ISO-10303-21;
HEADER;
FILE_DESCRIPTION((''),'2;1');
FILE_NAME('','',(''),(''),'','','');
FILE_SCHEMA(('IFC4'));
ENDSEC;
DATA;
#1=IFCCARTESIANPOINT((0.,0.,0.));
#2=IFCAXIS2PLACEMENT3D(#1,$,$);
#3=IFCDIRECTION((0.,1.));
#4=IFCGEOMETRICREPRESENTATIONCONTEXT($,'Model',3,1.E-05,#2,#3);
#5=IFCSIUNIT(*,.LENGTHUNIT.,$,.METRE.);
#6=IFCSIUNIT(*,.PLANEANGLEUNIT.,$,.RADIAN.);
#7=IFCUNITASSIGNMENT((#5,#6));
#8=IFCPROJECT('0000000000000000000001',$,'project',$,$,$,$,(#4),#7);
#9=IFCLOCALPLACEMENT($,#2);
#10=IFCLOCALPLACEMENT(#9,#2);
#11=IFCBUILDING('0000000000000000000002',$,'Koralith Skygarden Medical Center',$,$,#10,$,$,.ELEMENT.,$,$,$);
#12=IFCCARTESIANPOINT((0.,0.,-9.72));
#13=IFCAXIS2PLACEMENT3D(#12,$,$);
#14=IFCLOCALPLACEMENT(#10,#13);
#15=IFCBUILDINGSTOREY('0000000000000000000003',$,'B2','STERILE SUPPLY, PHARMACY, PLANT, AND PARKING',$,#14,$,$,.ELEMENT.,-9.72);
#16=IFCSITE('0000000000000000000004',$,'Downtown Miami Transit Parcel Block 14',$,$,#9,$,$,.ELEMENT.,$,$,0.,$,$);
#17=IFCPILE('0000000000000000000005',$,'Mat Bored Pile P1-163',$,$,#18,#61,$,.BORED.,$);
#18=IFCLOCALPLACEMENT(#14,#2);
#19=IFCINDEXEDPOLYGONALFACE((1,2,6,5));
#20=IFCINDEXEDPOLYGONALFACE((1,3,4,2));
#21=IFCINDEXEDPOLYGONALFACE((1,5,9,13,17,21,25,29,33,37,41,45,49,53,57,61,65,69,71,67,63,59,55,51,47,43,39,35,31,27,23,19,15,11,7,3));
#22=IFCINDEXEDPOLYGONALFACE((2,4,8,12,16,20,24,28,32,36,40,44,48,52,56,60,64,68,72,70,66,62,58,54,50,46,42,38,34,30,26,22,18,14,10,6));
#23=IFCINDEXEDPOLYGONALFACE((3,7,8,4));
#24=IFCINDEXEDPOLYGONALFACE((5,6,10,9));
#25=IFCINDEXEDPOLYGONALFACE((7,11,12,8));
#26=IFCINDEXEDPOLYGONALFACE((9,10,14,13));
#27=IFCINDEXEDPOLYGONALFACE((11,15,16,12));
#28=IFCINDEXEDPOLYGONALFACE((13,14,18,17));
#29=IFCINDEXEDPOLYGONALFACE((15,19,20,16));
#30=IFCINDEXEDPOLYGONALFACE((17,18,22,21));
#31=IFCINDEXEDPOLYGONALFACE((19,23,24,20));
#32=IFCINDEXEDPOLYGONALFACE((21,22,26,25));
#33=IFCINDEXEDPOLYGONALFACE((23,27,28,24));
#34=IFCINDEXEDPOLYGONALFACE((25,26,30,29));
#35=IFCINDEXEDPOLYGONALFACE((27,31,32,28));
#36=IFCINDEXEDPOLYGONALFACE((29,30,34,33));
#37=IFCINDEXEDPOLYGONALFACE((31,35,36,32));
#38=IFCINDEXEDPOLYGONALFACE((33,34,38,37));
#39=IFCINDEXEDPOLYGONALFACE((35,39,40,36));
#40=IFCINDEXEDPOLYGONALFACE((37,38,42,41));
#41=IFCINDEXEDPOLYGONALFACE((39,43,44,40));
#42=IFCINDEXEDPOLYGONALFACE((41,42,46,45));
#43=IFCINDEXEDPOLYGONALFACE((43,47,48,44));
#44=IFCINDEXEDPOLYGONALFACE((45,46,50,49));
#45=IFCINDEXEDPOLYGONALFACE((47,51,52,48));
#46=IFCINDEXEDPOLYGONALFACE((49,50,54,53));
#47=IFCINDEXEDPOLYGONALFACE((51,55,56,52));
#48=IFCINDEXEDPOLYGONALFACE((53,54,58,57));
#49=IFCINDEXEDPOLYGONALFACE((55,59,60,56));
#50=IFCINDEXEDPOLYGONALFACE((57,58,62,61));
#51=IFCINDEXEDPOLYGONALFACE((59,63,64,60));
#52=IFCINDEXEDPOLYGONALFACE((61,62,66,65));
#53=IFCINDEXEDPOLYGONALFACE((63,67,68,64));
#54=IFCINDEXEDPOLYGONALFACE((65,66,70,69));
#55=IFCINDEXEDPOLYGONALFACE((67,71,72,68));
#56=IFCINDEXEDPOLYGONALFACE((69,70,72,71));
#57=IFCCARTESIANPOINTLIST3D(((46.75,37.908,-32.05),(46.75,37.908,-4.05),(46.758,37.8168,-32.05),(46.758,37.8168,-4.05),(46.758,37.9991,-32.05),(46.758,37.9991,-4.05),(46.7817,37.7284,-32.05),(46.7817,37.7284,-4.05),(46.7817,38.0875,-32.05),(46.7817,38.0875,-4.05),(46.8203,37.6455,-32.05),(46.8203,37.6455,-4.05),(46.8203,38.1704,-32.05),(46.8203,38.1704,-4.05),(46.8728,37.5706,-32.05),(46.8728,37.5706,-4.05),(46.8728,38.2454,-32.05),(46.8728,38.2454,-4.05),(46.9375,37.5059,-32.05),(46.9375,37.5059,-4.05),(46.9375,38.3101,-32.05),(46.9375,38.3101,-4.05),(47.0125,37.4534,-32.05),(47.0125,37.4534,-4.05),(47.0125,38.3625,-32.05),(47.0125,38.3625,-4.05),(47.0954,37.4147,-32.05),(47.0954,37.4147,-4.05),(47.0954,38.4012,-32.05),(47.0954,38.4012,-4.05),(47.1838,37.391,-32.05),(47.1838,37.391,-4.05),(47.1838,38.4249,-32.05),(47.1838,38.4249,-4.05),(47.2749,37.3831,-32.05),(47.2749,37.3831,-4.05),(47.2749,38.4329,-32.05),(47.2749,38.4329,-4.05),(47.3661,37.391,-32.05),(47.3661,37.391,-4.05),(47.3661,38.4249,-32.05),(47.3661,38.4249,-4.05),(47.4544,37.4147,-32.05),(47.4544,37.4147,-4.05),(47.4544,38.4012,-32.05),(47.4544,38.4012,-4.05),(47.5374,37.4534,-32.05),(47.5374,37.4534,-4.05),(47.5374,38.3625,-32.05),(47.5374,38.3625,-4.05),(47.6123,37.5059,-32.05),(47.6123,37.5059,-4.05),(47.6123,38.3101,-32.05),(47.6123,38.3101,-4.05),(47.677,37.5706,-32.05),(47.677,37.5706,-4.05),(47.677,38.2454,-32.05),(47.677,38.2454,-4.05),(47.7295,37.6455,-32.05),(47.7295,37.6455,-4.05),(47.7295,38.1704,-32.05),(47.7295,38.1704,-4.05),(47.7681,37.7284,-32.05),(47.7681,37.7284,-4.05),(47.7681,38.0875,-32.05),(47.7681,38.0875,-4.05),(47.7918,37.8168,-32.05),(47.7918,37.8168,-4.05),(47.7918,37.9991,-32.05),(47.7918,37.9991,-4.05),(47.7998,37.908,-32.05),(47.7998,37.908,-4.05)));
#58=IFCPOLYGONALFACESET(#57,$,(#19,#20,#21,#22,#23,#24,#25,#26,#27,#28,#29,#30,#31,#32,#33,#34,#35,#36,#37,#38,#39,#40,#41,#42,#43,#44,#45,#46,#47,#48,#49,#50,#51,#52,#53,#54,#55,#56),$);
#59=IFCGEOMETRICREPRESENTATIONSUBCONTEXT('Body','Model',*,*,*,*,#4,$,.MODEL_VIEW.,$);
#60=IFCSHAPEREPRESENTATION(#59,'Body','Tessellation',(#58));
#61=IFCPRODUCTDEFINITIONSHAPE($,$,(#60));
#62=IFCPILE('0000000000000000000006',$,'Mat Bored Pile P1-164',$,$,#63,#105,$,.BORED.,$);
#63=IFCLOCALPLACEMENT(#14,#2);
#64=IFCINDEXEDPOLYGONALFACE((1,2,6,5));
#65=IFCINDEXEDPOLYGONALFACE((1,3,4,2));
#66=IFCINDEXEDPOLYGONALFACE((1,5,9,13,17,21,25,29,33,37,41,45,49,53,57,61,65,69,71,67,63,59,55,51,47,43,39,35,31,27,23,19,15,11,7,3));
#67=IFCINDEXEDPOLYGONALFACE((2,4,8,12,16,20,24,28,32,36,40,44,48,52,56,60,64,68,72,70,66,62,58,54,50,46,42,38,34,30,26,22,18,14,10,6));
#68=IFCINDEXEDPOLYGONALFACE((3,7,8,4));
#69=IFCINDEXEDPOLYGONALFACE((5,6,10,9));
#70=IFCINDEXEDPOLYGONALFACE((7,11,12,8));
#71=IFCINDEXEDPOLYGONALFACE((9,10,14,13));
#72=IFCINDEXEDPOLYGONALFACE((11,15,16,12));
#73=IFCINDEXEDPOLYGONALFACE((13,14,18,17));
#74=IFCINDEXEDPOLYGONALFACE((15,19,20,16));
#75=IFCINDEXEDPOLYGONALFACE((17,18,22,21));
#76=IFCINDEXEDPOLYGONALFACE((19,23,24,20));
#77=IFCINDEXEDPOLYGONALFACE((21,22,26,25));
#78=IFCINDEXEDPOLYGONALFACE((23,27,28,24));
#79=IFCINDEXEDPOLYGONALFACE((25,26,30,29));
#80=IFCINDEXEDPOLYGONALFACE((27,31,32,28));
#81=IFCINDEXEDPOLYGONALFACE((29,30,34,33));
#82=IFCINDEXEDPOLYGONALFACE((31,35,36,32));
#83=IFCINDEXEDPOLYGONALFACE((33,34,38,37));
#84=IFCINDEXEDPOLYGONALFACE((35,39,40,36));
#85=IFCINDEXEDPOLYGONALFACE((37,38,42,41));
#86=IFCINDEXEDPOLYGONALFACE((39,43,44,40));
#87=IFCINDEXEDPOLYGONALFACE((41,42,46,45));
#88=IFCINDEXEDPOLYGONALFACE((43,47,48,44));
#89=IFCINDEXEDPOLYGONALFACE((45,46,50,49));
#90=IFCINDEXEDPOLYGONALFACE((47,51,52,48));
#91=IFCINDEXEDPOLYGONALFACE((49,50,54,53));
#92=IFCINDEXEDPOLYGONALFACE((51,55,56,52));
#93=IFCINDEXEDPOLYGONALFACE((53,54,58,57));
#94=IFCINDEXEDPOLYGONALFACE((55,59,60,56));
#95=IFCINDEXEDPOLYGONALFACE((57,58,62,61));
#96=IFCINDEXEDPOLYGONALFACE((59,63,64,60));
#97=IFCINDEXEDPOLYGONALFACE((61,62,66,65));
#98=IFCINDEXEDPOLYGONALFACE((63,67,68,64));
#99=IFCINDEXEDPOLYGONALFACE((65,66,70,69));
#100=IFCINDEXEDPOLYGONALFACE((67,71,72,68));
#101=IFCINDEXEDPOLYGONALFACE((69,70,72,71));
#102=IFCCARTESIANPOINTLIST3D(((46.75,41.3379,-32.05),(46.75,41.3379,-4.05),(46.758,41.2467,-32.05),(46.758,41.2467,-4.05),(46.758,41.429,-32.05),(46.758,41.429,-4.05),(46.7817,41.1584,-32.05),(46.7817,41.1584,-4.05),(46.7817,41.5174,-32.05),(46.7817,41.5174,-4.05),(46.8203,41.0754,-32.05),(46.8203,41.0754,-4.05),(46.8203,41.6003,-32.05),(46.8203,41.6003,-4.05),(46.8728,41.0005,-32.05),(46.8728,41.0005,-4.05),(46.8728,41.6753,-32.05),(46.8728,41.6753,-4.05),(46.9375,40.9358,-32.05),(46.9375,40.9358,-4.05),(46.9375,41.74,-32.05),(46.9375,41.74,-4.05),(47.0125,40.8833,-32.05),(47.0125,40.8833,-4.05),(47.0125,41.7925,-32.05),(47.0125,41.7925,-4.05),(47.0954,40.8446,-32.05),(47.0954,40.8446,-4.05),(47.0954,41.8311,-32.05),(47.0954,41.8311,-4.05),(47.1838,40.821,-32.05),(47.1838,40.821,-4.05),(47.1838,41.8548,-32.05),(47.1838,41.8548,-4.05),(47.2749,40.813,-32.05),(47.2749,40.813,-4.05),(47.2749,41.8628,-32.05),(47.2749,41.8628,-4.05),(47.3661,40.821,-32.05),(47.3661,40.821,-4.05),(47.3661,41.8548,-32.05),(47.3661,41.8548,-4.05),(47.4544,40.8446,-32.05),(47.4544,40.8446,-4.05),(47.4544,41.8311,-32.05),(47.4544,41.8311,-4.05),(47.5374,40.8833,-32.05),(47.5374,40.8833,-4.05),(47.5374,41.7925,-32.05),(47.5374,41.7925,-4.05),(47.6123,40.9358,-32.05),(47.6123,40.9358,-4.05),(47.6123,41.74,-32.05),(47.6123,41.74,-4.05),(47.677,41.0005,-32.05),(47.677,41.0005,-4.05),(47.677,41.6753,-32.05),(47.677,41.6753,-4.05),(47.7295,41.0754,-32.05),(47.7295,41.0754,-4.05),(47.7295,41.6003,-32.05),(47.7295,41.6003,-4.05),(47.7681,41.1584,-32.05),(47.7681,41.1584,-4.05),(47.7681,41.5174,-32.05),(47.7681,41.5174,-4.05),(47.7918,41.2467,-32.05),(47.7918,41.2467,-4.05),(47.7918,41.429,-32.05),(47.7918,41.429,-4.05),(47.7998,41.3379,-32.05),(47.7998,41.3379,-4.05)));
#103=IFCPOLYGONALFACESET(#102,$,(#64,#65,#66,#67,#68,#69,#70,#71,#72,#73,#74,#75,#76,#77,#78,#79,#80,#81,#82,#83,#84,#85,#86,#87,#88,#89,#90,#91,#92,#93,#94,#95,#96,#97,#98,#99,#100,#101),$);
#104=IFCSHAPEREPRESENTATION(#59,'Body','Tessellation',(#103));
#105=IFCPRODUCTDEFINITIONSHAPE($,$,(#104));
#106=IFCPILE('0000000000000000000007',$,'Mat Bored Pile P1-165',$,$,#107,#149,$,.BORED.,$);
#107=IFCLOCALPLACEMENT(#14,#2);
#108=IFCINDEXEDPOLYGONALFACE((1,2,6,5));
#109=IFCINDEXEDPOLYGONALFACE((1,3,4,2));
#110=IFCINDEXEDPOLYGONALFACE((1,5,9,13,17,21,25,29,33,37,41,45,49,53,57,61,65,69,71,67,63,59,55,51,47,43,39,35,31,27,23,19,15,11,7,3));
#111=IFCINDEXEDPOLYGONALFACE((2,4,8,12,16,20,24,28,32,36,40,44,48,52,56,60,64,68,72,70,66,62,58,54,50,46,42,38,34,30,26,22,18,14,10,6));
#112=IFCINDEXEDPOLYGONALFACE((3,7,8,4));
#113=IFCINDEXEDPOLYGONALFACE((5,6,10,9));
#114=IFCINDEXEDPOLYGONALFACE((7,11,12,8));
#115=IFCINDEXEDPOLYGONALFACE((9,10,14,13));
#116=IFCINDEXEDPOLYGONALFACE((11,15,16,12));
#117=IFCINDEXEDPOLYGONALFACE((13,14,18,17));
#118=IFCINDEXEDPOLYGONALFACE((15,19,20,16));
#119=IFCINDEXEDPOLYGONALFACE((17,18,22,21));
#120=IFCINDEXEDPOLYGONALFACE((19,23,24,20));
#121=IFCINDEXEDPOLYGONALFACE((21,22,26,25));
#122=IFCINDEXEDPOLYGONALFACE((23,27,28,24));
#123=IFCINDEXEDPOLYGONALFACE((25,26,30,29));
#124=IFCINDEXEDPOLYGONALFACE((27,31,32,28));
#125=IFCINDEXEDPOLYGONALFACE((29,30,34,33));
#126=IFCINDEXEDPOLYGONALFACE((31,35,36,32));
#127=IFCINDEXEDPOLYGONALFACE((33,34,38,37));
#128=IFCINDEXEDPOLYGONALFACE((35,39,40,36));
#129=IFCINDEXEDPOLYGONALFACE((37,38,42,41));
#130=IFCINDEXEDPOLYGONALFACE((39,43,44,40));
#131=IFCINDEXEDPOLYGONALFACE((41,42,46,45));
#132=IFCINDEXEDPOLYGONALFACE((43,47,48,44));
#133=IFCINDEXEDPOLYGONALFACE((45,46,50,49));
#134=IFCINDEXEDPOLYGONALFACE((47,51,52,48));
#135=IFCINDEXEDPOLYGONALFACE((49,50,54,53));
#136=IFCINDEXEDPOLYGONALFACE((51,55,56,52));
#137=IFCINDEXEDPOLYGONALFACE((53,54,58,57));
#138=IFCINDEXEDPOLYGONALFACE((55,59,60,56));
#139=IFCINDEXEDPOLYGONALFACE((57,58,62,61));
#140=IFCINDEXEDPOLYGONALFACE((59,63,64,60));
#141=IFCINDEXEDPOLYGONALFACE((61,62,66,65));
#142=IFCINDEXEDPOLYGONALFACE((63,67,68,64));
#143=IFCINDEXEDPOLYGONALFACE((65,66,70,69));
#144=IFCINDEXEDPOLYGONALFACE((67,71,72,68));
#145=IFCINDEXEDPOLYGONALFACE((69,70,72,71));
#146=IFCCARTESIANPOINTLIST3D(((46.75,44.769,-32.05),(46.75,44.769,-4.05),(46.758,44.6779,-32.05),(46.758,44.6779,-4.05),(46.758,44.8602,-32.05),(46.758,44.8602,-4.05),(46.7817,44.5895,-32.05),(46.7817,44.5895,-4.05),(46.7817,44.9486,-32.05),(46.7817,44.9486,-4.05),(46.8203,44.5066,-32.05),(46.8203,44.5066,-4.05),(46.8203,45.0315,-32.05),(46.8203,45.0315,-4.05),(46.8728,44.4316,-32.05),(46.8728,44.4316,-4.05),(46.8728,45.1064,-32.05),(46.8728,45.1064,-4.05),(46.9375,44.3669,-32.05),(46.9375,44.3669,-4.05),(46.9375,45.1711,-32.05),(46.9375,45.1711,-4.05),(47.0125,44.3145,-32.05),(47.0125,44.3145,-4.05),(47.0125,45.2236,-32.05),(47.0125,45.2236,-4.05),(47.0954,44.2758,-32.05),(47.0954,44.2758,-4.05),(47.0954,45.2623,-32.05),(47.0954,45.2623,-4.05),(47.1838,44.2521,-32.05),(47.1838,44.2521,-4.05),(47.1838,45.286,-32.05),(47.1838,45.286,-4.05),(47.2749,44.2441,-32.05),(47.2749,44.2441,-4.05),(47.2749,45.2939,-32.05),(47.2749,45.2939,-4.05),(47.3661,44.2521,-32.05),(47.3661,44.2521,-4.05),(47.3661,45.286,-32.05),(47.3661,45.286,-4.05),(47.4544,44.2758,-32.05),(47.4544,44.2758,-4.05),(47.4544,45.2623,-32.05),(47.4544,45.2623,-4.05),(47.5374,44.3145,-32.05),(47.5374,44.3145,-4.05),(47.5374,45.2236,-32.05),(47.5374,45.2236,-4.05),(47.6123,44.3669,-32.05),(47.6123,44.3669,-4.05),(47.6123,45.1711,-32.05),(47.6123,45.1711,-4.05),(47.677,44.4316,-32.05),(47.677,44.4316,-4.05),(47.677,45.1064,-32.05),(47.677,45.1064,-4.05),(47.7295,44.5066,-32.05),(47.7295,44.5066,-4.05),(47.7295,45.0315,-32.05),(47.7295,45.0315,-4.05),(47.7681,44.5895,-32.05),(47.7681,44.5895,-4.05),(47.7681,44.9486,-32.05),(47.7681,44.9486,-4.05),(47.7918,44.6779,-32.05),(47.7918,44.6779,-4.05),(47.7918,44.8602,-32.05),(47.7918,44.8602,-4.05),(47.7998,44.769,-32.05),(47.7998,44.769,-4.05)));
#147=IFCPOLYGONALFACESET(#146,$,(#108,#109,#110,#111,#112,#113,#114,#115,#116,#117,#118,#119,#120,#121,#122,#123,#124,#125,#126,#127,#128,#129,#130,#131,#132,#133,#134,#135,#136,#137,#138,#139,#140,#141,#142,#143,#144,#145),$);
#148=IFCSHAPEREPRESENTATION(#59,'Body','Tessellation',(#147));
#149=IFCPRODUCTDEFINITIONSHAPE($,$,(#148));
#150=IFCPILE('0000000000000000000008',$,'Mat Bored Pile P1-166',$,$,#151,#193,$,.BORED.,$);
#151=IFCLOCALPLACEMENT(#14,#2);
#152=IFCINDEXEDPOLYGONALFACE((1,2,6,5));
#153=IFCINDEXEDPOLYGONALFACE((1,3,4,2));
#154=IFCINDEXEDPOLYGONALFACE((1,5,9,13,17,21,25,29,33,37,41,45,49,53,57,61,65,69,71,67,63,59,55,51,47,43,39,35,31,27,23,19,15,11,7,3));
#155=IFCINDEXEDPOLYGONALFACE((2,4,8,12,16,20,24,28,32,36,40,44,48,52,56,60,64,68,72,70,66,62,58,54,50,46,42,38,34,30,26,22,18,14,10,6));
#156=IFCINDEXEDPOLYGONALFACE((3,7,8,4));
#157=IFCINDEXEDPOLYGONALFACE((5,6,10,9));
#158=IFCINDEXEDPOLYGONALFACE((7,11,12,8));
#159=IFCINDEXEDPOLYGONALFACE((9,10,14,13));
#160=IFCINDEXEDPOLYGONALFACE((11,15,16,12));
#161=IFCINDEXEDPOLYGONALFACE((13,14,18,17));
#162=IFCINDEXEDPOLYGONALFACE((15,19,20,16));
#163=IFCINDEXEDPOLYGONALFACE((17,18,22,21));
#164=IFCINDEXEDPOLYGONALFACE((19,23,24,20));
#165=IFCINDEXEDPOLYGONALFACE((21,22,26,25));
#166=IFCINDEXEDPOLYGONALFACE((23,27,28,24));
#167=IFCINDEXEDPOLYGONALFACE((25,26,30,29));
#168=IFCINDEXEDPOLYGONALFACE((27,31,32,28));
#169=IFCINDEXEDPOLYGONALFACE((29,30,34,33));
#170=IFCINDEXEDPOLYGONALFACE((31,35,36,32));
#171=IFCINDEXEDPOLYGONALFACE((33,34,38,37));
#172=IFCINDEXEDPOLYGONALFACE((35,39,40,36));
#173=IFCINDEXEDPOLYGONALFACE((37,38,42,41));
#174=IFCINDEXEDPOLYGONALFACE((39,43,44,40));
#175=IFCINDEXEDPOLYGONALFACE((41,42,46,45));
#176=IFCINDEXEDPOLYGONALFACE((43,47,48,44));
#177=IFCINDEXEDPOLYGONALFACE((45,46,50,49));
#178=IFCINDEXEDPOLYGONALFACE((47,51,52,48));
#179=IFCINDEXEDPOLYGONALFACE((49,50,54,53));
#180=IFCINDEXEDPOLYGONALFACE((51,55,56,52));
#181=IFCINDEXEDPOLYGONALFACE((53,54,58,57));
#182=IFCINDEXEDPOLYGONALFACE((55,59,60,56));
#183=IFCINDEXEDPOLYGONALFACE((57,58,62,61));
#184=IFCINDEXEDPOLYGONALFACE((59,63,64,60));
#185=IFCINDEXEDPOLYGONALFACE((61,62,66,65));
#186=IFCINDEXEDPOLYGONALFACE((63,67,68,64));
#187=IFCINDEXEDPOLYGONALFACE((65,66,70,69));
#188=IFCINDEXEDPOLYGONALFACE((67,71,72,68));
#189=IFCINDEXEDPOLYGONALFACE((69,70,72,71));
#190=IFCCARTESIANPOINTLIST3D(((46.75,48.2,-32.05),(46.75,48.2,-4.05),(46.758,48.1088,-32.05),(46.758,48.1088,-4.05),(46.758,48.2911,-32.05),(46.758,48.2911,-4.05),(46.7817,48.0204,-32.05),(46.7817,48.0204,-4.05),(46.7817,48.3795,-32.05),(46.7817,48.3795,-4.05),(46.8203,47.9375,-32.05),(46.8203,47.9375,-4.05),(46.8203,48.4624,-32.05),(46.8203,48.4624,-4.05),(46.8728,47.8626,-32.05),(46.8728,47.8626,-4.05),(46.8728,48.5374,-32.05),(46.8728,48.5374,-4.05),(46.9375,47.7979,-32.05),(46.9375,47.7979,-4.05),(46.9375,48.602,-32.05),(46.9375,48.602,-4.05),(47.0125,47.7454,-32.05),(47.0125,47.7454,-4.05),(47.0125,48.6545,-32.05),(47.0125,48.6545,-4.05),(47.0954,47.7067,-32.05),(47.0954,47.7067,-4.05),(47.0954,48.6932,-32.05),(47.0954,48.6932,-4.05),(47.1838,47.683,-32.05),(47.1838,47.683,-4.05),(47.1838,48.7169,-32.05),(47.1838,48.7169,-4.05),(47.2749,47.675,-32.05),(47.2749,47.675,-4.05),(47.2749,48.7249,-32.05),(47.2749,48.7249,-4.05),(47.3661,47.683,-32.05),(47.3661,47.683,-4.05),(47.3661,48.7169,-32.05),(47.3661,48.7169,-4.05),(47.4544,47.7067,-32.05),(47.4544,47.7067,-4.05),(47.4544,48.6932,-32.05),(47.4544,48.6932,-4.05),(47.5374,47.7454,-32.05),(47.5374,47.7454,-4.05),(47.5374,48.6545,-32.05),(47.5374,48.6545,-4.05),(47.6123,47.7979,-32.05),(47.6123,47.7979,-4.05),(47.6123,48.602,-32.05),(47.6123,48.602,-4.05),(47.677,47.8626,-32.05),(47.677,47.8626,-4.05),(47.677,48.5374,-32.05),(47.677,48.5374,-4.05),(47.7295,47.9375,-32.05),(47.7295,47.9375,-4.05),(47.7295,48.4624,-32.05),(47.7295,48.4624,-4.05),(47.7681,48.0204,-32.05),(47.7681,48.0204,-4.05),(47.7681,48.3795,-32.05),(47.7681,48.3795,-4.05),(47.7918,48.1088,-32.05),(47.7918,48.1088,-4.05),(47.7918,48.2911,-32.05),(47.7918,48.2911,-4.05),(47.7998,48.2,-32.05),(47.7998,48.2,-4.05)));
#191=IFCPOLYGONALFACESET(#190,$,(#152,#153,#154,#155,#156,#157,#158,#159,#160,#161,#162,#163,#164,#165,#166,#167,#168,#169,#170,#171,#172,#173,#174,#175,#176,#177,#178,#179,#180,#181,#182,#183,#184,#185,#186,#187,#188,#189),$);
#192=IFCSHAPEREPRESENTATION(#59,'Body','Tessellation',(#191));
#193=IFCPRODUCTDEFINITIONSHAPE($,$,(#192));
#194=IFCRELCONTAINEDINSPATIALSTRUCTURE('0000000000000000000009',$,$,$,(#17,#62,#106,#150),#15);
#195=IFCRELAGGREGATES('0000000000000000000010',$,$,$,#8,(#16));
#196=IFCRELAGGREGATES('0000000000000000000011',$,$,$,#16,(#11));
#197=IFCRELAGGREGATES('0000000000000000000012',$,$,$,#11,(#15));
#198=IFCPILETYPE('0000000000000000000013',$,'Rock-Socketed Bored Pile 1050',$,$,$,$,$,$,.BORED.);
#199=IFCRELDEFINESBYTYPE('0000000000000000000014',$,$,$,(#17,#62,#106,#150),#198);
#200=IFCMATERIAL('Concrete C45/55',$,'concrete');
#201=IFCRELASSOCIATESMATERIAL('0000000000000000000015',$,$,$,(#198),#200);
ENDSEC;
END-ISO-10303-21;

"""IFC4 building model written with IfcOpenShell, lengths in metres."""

from ifc_helpers import new_model, si_unit, direction, frame, origin, origin_2d, place, context, subcontext, project, spatial, circle, extrude, material, material_profile, profile_set, type_object, element, save


model = new_model("IFC4")

# Units and contexts
model_context = context("Model", 3, precision=1e-05, world=origin(), true_north=direction((0.0, 1.0)))
body_context = subcontext(model_context, "Body", "Model", "MODEL_VIEW")
ifc_project = project(units=[si_unit("LENGTHUNIT", "METRE"), si_unit("PLANEANGLEUNIT", "RADIAN")], contexts=[model_context])

# Site, building, storey
site_placement = place(None, origin())
site = spatial("IfcSite", under=ifc_project, at=site_placement, Name="Downtown Miami Transit Parcel Block 14", CompositionType="ELEMENT", RefElevation=0.0)
building_placement = place(site_placement, origin())
building = spatial("IfcBuilding", under=site, at=building_placement, Name="Koralith Skygarden Medical Center", CompositionType="ELEMENT")
storey_placement = place(building_placement, frame((0.0, 0.0, -9.72)))
storey = spatial("IfcBuildingStorey", under=building, at=storey_placement, Name="B2", Description="STERILE SUPPLY, PHARMACY, PLANT, AND PARKING", CompositionType="ELEMENT", Elevation=-9.72)

# Piles
ifc_material_1 = material(Name="Concrete C45/55", Category="concrete")
ifc_material_profile_1 = material_profile(ifc_material_1, circle(Radius=0.5249, at=origin_2d()), Name="PILE1050")
ifc_profile_set_1 = profile_set([ifc_material_profile_1], Name="Concrete C45/55")
pile_type_1 = type_object("IfcPileType", Name="Rock-Socketed Bored Pile 1050", PredefinedType="BORED", material=ifc_profile_set_1)
for number, where, z_axis, x_axis, name in (
    (1, (47.2749, 37.908, -4.05), (0.0, 0.0, -1.0), (1.0, 0.0, 0.0), "Mat Bored Pile P1-163"),
    (2, (47.2749, 41.3379, -4.05), (0.0, 0.0, -1.0), (1.0, 0.0, 0.0), "Mat Bored Pile P1-164"),
    (3, (47.2749, 44.769, -4.05), (0.0, 0.0, -1.0), (1.0, 0.0, 0.0), "Mat Bored Pile P1-165"),
    (4, (47.2749, 48.2, -4.05), (0.0, 0.0, -1.0), (1.0, 0.0, 0.0), "Mat Bored Pile P1-166"),
):
    element("IfcPile", number, at=place(storey_placement, frame(where, z_axis=z_axis, x_axis=x_axis)), inside=storey, type_object=pile_type_1, Name=name, PredefinedType="BORED", context=body_context, shape_type="SweptSolid", body=[
        extrude(circle(Radius=0.5249, at=origin_2d()), origin(), (0.0, 0.0, 1.0), 28.0),
    ])

save(model, "model.ifc")
